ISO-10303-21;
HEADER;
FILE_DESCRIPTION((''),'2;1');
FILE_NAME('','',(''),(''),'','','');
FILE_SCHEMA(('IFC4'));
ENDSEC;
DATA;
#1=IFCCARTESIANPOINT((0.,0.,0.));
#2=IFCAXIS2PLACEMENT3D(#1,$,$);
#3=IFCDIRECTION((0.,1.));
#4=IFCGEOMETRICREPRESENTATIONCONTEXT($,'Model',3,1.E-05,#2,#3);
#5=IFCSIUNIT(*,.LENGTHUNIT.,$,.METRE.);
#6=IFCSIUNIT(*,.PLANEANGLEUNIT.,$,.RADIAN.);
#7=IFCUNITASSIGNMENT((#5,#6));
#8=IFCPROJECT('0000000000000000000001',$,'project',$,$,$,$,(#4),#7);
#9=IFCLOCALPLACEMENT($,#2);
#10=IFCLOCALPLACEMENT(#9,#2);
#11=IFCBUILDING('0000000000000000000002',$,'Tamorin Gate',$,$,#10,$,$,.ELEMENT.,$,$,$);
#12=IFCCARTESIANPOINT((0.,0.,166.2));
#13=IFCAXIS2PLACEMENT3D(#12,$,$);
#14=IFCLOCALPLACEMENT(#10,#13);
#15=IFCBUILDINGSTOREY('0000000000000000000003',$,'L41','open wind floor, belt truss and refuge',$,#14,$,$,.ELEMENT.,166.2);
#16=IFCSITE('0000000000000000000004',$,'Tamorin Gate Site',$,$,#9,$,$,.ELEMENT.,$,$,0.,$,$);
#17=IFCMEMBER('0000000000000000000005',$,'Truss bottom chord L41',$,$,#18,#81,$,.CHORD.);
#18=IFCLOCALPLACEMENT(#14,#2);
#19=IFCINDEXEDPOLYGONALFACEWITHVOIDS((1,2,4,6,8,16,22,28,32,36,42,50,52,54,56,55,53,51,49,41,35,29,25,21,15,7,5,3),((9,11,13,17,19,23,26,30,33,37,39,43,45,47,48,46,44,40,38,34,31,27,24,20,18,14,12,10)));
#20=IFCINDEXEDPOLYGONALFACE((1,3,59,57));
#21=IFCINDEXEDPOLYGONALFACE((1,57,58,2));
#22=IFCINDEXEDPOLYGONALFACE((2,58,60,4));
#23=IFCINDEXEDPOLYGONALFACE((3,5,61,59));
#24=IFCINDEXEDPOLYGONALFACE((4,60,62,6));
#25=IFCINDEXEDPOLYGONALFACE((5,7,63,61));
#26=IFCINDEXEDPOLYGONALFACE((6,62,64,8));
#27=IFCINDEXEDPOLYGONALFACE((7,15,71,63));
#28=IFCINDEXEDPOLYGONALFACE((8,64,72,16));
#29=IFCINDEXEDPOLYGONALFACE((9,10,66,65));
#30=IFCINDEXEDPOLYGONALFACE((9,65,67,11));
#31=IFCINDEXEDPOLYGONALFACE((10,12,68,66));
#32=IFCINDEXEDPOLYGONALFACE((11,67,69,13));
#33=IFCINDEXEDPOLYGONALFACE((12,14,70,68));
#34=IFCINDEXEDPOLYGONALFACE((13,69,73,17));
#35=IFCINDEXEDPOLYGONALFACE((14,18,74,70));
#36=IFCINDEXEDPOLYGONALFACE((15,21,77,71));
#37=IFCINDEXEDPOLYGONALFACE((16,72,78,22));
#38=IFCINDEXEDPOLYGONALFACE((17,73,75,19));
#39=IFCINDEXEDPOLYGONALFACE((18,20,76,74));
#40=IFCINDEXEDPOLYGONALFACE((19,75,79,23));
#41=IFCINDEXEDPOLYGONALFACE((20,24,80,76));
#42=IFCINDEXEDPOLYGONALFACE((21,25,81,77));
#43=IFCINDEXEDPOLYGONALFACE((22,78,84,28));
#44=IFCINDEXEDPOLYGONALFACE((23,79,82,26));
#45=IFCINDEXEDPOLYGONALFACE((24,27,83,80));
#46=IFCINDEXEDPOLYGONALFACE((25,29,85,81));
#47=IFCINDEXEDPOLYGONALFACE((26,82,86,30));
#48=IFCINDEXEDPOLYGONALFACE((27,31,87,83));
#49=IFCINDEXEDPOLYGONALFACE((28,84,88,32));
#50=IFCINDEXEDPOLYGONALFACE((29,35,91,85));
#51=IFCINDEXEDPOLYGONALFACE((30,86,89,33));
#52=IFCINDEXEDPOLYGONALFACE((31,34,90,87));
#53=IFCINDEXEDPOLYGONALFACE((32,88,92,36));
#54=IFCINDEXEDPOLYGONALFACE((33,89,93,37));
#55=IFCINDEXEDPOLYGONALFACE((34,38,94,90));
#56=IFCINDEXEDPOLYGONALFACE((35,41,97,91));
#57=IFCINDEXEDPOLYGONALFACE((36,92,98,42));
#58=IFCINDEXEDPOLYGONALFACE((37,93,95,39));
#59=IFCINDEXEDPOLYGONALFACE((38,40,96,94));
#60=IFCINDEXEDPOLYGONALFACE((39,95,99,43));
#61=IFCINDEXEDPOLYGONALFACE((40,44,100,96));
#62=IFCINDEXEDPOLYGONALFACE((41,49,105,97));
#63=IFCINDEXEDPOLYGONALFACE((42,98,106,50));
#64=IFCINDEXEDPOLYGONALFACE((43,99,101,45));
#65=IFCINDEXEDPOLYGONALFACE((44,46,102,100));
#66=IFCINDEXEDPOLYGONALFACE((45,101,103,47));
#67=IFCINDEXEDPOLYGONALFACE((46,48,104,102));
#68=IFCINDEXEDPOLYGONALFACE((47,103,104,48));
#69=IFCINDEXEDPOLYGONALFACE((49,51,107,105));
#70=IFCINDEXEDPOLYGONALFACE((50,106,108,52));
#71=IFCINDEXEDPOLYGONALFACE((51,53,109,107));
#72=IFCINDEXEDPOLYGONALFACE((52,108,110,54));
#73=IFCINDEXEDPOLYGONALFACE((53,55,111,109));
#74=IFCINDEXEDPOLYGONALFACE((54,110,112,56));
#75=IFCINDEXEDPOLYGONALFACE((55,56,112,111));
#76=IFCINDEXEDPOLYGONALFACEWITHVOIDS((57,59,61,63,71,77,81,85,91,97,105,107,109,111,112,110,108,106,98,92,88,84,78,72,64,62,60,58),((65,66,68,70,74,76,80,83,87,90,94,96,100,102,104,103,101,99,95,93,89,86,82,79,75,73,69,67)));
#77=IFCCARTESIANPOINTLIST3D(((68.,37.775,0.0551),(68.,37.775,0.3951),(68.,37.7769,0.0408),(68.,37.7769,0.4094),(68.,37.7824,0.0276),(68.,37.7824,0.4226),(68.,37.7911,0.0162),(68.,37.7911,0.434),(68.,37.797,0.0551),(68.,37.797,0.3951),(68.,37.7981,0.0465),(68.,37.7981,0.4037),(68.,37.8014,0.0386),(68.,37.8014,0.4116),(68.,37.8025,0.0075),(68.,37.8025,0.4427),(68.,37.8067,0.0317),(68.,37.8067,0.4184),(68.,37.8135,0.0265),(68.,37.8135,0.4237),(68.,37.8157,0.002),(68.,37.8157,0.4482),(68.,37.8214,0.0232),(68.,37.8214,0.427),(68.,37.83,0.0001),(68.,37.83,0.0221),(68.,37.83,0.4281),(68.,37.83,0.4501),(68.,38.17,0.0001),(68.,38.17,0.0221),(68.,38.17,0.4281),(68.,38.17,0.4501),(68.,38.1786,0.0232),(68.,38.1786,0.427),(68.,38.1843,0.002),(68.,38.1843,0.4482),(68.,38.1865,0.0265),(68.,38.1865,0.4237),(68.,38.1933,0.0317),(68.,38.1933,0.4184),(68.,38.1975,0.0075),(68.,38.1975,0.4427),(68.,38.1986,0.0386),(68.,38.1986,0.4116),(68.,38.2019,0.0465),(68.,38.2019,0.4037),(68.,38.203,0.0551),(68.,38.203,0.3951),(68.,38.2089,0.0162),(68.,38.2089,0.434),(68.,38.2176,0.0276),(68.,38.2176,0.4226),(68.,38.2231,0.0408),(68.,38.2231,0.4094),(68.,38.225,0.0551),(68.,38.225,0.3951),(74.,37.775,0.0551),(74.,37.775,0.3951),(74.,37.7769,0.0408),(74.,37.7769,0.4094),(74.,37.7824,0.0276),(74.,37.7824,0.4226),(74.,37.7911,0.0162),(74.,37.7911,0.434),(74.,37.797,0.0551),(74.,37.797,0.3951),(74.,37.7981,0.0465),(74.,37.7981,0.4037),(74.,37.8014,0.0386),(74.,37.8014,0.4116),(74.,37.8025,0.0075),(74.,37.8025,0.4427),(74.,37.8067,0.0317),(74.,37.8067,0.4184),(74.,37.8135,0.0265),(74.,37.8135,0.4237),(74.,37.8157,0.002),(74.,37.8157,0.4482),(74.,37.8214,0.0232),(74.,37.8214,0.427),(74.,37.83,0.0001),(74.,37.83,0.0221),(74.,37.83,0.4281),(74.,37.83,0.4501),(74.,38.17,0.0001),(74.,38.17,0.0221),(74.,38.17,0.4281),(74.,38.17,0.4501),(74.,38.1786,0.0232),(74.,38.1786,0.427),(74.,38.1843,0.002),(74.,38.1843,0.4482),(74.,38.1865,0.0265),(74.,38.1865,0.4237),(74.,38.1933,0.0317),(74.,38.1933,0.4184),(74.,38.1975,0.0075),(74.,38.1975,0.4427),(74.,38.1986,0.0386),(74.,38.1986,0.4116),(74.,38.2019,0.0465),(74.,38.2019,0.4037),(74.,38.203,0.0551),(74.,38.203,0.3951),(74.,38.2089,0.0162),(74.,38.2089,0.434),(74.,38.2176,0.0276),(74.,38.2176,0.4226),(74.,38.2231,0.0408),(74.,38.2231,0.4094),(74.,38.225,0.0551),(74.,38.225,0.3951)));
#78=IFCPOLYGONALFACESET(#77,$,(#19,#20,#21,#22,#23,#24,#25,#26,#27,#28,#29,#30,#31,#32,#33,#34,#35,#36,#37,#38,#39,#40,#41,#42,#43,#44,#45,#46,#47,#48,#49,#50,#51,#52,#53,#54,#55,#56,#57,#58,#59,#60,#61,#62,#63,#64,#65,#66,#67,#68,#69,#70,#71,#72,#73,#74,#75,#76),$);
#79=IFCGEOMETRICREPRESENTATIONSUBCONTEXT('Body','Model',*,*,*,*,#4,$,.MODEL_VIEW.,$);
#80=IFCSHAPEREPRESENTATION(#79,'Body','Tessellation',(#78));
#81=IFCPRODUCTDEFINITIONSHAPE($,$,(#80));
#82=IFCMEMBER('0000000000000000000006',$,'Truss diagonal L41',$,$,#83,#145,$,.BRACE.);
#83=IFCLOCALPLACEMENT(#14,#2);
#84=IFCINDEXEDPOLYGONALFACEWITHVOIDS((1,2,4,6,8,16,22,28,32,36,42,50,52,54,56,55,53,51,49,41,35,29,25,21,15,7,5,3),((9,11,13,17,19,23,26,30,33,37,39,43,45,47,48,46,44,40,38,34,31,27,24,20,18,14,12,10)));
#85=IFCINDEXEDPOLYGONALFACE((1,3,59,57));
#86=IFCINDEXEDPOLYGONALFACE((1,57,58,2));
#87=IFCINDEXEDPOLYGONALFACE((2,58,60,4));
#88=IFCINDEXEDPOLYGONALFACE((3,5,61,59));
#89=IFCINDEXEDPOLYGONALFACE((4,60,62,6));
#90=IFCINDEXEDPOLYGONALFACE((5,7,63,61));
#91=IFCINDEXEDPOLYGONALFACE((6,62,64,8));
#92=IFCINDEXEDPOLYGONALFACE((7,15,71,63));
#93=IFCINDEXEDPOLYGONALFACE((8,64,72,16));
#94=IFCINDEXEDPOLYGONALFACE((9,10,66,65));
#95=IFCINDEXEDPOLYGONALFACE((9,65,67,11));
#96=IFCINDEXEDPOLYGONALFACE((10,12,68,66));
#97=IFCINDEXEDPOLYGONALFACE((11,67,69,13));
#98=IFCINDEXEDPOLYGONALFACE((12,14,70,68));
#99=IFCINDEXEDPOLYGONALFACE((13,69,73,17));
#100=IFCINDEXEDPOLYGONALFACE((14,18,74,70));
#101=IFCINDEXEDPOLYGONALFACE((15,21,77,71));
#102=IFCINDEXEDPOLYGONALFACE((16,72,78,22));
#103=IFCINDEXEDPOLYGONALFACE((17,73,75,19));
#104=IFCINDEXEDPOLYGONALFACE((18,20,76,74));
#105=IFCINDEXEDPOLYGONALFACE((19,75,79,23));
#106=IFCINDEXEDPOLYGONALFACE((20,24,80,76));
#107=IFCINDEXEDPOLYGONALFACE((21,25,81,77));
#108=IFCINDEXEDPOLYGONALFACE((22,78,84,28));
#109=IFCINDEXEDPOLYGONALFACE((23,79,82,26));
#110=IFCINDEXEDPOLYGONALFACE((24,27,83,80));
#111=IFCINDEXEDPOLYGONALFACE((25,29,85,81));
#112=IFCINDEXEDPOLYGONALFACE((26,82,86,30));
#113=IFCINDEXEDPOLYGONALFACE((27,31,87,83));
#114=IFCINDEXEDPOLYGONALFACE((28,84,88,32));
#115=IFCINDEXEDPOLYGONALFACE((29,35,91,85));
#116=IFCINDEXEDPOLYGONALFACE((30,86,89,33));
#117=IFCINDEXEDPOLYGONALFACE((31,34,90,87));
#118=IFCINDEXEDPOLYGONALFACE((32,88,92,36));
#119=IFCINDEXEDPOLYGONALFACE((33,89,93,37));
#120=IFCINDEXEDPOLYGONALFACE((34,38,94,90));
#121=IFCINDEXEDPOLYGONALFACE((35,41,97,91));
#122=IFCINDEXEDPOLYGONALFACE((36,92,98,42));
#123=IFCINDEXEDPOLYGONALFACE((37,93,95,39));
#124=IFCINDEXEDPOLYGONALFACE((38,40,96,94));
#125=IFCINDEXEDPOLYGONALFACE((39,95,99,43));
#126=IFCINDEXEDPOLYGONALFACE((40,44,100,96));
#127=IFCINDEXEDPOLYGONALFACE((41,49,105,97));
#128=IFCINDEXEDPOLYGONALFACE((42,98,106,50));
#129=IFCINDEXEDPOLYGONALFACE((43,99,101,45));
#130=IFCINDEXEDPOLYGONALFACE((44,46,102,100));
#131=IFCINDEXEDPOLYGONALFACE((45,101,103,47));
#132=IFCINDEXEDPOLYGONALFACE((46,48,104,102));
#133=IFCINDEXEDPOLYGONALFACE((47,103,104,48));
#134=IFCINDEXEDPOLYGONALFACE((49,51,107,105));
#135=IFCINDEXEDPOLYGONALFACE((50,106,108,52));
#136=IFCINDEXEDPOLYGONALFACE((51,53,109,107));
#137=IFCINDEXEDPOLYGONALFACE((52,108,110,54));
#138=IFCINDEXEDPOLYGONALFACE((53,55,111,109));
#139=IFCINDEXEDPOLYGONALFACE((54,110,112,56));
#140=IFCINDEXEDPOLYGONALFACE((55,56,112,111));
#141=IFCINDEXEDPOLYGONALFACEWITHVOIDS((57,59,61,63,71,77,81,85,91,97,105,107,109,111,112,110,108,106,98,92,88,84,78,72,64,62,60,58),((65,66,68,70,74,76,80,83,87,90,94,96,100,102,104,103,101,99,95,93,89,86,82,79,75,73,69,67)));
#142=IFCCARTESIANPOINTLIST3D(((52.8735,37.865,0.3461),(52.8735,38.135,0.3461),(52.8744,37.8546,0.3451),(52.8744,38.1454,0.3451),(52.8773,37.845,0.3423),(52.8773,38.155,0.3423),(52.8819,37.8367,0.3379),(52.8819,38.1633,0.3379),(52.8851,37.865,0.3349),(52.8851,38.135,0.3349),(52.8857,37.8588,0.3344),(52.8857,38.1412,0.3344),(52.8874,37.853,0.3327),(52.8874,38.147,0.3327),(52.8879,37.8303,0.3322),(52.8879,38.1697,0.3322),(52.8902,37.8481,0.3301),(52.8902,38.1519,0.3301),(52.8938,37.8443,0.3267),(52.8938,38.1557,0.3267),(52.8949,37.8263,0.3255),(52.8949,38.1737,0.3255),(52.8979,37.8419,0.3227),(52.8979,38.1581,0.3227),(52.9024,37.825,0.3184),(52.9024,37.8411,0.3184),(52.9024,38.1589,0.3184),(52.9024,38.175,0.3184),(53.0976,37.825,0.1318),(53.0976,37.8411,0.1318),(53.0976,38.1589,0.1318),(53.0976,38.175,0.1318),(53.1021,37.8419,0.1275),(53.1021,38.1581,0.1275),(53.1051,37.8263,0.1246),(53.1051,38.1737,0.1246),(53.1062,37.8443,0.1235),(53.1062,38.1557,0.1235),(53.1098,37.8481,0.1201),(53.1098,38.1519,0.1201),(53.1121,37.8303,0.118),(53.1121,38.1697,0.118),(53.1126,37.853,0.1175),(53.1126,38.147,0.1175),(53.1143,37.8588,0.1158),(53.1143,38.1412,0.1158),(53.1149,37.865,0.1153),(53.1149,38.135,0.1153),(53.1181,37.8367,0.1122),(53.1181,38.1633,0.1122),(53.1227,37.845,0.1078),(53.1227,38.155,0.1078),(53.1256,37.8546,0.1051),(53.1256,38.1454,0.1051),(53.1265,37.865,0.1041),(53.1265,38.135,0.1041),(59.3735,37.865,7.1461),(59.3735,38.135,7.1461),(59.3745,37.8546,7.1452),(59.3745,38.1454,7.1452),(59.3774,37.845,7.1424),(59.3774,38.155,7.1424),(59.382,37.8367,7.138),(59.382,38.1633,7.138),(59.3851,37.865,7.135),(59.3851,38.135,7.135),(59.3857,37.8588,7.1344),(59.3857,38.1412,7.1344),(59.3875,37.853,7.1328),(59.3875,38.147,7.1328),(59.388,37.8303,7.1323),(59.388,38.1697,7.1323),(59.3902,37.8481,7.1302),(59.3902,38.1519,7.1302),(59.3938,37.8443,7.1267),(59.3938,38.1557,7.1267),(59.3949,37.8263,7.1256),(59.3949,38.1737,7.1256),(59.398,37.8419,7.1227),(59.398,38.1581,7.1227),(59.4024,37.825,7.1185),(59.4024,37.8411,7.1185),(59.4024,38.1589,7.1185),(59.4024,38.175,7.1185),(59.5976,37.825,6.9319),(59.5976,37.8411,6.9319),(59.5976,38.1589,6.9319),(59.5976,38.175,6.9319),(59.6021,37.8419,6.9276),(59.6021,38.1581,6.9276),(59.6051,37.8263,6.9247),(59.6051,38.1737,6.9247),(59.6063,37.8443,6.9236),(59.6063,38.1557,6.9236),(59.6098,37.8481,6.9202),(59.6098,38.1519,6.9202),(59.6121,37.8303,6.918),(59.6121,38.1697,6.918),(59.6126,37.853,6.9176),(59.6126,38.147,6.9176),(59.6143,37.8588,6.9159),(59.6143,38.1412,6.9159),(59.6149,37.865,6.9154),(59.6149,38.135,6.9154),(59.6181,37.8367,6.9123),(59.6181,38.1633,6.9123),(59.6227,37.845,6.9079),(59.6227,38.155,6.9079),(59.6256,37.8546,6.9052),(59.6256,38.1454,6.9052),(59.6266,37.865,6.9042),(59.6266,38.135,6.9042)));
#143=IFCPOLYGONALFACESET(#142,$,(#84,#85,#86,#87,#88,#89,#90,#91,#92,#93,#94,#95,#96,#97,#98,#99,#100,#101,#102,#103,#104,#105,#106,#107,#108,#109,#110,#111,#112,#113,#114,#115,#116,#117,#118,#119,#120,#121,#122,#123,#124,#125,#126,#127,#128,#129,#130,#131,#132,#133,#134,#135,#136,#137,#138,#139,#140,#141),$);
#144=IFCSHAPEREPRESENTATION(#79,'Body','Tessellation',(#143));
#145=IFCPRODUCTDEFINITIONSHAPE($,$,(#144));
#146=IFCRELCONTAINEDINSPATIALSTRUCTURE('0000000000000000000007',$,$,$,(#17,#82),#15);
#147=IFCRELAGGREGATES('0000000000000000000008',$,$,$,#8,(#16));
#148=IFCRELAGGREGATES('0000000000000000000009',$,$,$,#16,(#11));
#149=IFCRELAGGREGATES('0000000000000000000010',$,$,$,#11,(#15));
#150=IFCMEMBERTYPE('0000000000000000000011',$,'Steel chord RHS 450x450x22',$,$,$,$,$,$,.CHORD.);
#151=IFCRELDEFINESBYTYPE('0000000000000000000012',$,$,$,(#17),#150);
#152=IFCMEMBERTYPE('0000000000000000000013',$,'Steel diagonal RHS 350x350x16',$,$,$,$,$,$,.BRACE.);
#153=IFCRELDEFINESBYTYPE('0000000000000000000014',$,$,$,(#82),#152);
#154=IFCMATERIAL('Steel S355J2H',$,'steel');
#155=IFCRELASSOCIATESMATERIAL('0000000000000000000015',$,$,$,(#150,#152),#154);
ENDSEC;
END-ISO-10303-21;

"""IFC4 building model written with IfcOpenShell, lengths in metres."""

from ifc_helpers import new_model, si_unit, direction, frame, origin, origin_2d, place, context, subcontext, project, spatial, hollow_rectangle, extrude, material, material_profile, profile_set, type_object, element, save


model = new_model("IFC4")

# Units and contexts
model_context = context("Model", 3, precision=1e-05, world=origin(), true_north=direction((0.0, 1.0)))
body_context = subcontext(model_context, "Body", "Model", "MODEL_VIEW")
ifc_project = project(units=[si_unit("LENGTHUNIT", "METRE"), si_unit("PLANEANGLEUNIT", "RADIAN")], contexts=[model_context])

# Site, building, storey
site_placement = place(None, origin())
site = spatial("IfcSite", under=ifc_project, at=site_placement, Name="Tamorin Gate Site", CompositionType="ELEMENT", RefElevation=0.0)
building_placement = place(site_placement, origin())
building = spatial("IfcBuilding", under=site, at=building_placement, Name="Tamorin Gate", CompositionType="ELEMENT")
storey_placement = place(building_placement, frame((0.0, 0.0, 166.2)))
storey = spatial("IfcBuildingStorey", under=building, at=storey_placement, Name="L41", Description="open wind floor, belt truss and refuge", CompositionType="ELEMENT", Elevation=166.2)

# Members
ifc_material_1 = material(Name="Steel S355J2H", Category="steel")
ifc_material_profile_1 = material_profile(ifc_material_1, hollow_rectangle(XDim=0.45, YDim=0.45, WallThickness=0.022, InnerFilletRadius=0.033, OuterFilletRadius=0.0549, at=origin_2d()), Name="RHS 450x450x22")
ifc_profile_set_1 = profile_set([ifc_material_profile_1], Name="Steel S355J2H")
member_type_1 = type_object("IfcMemberType", Name="Steel chord RHS 450x450x22", PredefinedType="CHORD", material=ifc_profile_set_1)
member_placement = place(storey_placement, frame((68.0, 38.0, 0.2251), z_axis=(1.0, 0.0, 0.0), x_axis=(0.0, 1.0, 0.0)))
element("IfcMember", 1, at=member_placement, inside=storey, type_object=member_type_1, Name="Truss bottom chord L41", PredefinedType="CHORD", context=body_context, shape_type="SweptSolid", body=[
    extrude(hollow_rectangle(XDim=0.45, YDim=0.45, WallThickness=0.022, InnerFilletRadius=0.033, OuterFilletRadius=0.0549, at=origin_2d()), origin(), (0.0, 0.0, 1.0), 6.0),
])
ifc_material_profile_2 = material_profile(ifc_material_1, hollow_rectangle(XDim=0.3501, YDim=0.3501, WallThickness=0.0161, InnerFilletRadius=0.0239, OuterFilletRadius=0.04, at=origin_2d()), Name="RHS 350x350x16")
ifc_profile_set_2 = profile_set([ifc_material_profile_2], Name="Steel S355J2H")
member_type_2 = type_object("IfcMemberType", Name="Steel diagonal RHS 350x350x16", PredefinedType="BRACE", material=ifc_profile_set_2)
for number, where, z_axis, x_axis, name in (
    (2, (53.0, 38.0, 0.2251), (0.690979, 0.0, 0.722875), (0.0, 1.0, 0.0), "Truss diagonal L41"),
):
    element("IfcMember", number, at=place(storey_placement, frame(where, z_axis=z_axis, x_axis=x_axis)), inside=storey, type_object=member_type_2, Name=name, PredefinedType="BRACE", context=body_context, shape_type="SweptSolid", body=[
        extrude(hollow_rectangle(XDim=0.3501, YDim=0.3501, WallThickness=0.0161, InnerFilletRadius=0.0239, OuterFilletRadius=0.04, at=origin_2d()), origin(), (0.0, 0.0, 1.0), 9.407),
    ])

save(model, "model.ifc")
